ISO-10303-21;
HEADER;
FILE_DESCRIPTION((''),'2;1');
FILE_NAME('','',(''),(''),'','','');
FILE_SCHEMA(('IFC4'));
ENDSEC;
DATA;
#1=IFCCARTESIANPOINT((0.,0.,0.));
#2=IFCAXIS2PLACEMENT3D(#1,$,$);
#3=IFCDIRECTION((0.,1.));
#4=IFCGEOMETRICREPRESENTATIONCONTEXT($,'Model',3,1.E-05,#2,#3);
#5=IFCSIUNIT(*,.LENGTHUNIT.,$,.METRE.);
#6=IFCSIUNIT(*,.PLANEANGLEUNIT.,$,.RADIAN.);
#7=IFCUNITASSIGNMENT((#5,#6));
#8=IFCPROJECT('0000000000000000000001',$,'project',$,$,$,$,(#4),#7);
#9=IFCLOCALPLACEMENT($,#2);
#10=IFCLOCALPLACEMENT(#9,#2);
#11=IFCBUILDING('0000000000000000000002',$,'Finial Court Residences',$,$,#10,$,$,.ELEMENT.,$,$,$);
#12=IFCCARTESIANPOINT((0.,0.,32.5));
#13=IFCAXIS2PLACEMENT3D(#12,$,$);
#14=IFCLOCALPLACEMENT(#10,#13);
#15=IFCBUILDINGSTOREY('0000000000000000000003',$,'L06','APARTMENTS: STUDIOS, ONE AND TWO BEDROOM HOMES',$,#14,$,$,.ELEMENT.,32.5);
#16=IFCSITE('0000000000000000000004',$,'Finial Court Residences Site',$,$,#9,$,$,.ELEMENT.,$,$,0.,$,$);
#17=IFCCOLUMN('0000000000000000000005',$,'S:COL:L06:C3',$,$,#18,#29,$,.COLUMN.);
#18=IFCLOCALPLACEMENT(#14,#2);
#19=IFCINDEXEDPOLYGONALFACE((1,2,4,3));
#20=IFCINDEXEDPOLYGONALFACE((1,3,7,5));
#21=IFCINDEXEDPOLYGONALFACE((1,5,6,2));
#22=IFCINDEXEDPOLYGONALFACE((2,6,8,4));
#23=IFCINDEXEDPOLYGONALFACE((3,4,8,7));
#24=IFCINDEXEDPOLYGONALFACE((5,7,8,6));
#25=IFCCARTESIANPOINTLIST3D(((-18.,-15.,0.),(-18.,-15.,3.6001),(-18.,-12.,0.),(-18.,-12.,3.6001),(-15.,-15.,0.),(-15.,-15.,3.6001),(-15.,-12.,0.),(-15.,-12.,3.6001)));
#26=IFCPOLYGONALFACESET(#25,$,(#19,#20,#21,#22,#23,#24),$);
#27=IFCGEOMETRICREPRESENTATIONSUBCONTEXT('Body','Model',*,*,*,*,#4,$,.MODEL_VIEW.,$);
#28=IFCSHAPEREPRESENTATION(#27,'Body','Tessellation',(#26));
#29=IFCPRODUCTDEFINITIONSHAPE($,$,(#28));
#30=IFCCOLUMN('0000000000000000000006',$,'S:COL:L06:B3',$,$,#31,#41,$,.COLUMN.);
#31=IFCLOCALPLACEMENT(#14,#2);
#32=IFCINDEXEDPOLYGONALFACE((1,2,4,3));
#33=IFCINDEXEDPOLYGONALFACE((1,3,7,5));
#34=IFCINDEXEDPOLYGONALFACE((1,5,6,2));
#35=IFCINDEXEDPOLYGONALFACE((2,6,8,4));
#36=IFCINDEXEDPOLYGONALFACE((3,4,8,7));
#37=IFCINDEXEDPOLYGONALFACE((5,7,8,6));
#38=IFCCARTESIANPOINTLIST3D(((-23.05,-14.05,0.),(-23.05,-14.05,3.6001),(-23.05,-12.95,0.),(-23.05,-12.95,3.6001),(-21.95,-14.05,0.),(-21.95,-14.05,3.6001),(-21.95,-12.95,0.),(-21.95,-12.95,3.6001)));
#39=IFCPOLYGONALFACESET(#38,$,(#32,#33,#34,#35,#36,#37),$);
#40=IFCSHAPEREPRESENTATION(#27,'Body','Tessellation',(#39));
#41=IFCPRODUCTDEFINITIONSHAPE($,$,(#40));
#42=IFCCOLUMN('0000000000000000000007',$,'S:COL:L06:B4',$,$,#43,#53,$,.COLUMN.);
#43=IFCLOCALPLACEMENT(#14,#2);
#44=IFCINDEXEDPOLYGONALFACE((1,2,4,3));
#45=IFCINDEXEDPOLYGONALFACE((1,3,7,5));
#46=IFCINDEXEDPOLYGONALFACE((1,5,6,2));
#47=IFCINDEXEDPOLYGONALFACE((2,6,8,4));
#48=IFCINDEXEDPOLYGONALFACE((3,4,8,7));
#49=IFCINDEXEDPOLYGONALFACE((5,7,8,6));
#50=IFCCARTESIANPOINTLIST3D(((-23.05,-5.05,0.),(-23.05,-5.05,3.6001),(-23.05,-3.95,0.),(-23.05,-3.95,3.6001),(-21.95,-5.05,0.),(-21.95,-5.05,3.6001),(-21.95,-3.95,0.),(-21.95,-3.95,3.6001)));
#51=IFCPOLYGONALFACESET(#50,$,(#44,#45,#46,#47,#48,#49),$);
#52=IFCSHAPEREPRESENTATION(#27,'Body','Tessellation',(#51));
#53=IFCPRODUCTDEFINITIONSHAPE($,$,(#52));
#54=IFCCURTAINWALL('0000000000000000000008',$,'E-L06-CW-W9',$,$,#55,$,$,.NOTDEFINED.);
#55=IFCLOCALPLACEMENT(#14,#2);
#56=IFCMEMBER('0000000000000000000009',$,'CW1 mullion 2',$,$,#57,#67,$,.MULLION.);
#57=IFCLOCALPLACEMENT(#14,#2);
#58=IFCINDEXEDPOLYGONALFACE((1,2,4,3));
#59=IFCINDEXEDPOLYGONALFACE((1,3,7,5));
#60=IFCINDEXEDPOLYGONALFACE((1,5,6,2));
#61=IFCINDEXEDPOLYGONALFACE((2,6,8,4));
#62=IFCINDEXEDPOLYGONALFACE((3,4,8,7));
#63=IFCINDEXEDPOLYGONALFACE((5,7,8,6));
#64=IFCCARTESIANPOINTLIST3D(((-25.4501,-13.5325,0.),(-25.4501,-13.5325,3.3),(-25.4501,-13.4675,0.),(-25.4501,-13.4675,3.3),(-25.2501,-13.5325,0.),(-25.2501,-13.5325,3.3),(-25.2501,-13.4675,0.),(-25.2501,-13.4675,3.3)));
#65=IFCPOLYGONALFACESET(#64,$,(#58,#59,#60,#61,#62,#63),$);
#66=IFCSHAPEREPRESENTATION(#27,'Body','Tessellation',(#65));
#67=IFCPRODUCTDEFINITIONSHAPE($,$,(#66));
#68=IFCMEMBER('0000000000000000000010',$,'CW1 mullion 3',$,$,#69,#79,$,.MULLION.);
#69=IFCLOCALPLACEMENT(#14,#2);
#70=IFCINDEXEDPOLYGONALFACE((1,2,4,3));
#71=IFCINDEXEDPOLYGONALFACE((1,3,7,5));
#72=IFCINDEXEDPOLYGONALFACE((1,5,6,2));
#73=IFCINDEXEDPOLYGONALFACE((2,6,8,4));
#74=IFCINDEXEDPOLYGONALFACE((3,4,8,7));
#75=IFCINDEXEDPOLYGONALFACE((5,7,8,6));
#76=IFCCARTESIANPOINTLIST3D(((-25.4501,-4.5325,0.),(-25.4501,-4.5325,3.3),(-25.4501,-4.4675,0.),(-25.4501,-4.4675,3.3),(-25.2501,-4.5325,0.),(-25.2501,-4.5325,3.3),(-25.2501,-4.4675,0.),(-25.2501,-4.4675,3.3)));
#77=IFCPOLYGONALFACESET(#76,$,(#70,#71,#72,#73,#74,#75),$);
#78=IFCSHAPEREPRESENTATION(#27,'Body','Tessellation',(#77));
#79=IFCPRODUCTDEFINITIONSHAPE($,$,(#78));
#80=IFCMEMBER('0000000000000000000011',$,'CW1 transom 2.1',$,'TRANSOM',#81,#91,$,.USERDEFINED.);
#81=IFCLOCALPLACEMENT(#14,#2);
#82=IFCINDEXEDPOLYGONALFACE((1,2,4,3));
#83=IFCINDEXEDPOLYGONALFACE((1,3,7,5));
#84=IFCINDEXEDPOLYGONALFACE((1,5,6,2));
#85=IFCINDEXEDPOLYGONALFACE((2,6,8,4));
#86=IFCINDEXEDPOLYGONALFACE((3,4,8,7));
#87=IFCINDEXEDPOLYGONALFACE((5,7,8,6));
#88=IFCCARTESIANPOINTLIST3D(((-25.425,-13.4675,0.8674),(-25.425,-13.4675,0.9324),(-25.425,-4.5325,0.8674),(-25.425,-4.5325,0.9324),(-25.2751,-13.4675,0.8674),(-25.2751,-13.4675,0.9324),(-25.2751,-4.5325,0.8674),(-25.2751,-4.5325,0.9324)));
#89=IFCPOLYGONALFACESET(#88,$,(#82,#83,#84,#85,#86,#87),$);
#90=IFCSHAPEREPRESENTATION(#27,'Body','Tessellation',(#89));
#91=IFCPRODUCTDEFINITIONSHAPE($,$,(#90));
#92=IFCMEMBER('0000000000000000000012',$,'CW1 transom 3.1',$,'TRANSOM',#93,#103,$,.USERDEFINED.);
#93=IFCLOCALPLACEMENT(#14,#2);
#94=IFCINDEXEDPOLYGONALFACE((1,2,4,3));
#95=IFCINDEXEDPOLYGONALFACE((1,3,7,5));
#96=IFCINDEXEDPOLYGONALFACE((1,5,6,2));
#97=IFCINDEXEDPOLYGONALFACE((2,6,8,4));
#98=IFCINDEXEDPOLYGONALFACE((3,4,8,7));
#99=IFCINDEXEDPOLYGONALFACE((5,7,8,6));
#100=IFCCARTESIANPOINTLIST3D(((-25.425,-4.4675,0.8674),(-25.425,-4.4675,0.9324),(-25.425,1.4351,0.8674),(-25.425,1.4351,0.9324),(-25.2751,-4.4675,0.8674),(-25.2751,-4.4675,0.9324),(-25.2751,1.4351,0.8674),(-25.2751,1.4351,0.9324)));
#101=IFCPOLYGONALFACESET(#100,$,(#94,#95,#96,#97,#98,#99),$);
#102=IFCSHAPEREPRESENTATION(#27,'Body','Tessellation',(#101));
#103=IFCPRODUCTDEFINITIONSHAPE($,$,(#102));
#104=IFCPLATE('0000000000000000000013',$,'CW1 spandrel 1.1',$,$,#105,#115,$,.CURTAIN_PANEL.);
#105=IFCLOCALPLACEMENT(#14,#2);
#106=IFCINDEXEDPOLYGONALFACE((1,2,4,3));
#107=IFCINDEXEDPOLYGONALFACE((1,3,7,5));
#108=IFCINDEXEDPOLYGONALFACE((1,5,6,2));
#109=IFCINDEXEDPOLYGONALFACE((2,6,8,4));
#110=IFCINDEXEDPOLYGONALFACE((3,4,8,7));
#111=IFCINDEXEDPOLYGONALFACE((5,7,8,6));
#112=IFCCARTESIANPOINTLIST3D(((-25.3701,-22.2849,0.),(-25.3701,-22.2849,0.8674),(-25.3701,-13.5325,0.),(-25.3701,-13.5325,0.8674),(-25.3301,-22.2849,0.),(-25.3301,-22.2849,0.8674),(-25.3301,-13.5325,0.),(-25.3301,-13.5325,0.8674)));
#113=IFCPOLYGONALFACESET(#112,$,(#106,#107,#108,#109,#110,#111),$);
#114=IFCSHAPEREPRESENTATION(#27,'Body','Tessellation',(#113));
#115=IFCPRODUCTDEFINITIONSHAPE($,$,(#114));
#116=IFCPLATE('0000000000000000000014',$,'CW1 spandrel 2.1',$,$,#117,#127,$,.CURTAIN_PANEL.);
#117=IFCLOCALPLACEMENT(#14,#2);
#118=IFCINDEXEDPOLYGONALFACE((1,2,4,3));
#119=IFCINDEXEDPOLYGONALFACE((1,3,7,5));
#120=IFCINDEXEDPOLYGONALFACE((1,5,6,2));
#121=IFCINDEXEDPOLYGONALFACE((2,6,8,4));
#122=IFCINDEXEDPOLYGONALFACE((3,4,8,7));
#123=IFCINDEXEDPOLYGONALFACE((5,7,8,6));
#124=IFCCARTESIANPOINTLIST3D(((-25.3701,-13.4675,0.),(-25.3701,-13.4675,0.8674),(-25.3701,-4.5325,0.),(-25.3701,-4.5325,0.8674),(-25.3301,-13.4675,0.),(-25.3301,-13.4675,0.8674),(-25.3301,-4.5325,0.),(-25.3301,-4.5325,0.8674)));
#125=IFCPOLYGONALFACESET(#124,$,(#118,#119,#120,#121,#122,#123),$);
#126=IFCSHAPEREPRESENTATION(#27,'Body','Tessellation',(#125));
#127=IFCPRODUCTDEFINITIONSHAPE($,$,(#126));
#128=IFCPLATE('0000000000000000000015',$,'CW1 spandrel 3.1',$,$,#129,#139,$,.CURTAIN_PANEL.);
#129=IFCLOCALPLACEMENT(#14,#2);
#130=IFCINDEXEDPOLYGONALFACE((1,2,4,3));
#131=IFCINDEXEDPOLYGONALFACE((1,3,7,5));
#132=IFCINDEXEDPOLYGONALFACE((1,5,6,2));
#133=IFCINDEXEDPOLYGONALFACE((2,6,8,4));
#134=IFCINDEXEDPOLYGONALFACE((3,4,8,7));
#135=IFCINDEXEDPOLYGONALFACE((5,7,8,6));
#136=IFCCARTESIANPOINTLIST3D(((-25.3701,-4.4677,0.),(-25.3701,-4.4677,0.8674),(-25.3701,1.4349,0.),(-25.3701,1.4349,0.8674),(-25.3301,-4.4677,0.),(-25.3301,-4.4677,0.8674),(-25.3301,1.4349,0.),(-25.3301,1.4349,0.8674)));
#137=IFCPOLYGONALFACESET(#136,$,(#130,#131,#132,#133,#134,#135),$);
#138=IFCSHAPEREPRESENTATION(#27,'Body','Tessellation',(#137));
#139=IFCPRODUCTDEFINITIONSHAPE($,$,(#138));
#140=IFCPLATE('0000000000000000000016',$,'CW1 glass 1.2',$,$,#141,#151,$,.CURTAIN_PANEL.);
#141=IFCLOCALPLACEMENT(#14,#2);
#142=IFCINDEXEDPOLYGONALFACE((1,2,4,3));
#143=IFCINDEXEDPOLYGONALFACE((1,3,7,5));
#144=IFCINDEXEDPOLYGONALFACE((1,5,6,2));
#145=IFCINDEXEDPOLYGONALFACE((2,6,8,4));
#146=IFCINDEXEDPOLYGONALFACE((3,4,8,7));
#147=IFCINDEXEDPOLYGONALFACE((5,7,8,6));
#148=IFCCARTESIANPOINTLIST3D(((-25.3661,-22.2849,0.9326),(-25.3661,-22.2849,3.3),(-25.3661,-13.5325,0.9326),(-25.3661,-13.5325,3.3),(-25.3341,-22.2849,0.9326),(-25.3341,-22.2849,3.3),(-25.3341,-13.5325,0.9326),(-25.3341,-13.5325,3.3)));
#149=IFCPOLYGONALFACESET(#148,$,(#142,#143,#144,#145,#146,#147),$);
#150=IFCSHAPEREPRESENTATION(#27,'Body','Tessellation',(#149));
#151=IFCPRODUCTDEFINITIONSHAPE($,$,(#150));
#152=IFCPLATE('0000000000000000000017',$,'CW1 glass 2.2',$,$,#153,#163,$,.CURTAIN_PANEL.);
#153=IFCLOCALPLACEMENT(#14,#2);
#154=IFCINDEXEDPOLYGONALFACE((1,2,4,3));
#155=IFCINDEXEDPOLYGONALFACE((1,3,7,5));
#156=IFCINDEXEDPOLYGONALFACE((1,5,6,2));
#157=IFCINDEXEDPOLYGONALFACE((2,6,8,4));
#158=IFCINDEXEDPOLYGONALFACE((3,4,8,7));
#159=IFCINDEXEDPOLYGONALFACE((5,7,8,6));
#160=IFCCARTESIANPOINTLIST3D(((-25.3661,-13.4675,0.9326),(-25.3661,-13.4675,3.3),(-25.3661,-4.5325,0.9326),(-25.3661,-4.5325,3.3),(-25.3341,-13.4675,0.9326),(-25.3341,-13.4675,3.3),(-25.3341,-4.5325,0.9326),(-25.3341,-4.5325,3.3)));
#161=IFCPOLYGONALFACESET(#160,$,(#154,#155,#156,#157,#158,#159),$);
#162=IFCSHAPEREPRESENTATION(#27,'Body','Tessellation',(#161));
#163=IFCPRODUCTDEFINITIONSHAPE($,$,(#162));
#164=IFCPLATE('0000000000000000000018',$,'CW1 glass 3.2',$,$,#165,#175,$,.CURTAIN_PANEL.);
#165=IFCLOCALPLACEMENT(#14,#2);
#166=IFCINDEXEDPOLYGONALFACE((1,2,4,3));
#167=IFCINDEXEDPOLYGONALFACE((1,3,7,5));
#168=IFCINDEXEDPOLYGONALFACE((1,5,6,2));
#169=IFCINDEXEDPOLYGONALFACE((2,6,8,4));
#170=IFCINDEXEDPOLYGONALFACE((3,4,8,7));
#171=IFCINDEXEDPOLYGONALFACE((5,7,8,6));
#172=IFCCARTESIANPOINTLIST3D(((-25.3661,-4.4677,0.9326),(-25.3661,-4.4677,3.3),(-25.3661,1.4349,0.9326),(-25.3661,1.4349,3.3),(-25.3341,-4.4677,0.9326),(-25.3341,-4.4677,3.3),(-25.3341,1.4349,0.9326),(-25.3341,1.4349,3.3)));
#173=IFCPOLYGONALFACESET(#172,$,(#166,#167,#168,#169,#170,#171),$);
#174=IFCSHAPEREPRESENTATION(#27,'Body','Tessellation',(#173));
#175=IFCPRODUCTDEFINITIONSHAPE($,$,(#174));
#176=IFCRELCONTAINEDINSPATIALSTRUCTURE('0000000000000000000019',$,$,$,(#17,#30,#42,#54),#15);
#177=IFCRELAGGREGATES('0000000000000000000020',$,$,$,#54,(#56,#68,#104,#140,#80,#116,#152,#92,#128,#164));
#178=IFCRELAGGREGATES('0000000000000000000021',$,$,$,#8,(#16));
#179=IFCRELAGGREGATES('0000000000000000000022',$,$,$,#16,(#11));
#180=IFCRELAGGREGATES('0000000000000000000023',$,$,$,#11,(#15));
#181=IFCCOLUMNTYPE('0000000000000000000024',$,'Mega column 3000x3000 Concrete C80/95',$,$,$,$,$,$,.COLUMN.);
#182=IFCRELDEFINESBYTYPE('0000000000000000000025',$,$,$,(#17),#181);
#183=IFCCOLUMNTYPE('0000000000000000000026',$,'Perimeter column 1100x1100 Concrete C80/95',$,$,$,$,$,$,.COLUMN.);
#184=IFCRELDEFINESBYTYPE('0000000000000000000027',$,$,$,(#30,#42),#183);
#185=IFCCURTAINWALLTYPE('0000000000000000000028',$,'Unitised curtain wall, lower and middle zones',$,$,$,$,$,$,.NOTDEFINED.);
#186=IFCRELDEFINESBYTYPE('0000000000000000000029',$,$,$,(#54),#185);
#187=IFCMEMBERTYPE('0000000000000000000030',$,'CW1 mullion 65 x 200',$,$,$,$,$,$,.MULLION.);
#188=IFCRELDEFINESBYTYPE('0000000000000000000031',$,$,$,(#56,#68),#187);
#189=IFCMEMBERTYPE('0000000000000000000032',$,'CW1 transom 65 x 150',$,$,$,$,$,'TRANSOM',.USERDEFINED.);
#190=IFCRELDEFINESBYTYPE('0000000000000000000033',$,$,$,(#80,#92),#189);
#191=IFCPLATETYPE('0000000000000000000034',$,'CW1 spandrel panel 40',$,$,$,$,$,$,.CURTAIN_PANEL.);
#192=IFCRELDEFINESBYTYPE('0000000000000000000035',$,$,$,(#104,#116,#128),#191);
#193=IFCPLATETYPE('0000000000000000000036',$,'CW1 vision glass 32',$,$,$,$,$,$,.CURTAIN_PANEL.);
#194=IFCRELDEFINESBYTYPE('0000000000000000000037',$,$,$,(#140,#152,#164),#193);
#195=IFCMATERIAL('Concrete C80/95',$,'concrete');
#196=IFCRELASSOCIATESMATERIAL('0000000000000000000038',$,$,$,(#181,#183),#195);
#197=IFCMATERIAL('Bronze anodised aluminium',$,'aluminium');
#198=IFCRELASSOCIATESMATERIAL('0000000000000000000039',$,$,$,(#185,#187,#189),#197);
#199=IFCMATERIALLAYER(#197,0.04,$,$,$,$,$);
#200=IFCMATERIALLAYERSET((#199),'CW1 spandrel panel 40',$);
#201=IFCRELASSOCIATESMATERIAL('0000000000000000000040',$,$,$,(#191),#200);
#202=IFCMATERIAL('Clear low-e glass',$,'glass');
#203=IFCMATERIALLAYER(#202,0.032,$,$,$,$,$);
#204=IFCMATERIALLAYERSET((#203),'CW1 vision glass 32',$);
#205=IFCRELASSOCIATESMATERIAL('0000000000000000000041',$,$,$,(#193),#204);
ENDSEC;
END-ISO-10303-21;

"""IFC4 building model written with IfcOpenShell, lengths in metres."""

from ifc_helpers import new_model, si_unit, direction, frame, origin, origin_2d, place, context, subcontext, project, spatial, rectangle, extrude, material, layer, layer_set, material_profile, profile_set, type_object, element, aggregate, save


model = new_model("IFC4")

# Units and contexts
model_context = context("Model", 3, precision=1e-05, world=origin(), true_north=direction((0.0, 1.0)))
body_context = subcontext(model_context, "Body", "Model", "MODEL_VIEW")
ifc_project = project(units=[si_unit("LENGTHUNIT", "METRE"), si_unit("PLANEANGLEUNIT", "RADIAN")], contexts=[model_context])

# Site, building, storey
site_placement = place(None, origin())
site = spatial("IfcSite", under=ifc_project, at=site_placement, Name="Finial Court Residences Site", CompositionType="ELEMENT", RefElevation=0.0)
building_placement = place(site_placement, origin())
building = spatial("IfcBuilding", under=site, at=building_placement, Name="Finial Court Residences", CompositionType="ELEMENT")
storey_placement = place(building_placement, frame((0.0, 0.0, 32.5)))
storey = spatial("IfcBuildingStorey", under=building, at=storey_placement, Name="L06", Description="APARTMENTS: STUDIOS, ONE AND TWO BEDROOM HOMES", CompositionType="ELEMENT", Elevation=32.5)

# Columns
ifc_material_1 = material(Name="Concrete C80/95", Category="concrete")
ifc_material_profile_1 = material_profile(ifc_material_1, rectangle(XDim=3.0, YDim=3.0, at=origin_2d()), Name="3000x3000")
ifc_profile_set_1 = profile_set([ifc_material_profile_1], Name="Concrete C80/95")
column_type_1 = type_object("IfcColumnType", Name="Mega column 3000x3000 Concrete C80/95", PredefinedType="COLUMN", material=ifc_profile_set_1)
column_placement = place(storey_placement, frame((-16.5, -13.5, 0.0), z_axis=(0.0, 0.0, 1.0), x_axis=(1.0, 0.0, 0.0)))
element("IfcColumn", 1, at=column_placement, inside=storey, type_object=column_type_1, Name="S:COL:L06:C3", PredefinedType="COLUMN", context=body_context, shape_type="SweptSolid", body=[
    extrude(rectangle(XDim=3.0, YDim=3.0, at=origin_2d()), origin(), (0.0, 0.0, 1.0), 3.6001),
])
ifc_material_profile_2 = material_profile(ifc_material_1, rectangle(XDim=1.1001, YDim=1.1001, at=origin_2d()), Name="1100x1100")
ifc_profile_set_2 = profile_set([ifc_material_profile_2], Name="Concrete C80/95")
column_type_2 = type_object("IfcColumnType", Name="Perimeter column 1100x1100 Concrete C80/95", PredefinedType="COLUMN", material=ifc_profile_set_2)
for number, where, z_axis, x_axis, name in (
    (2, (-22.5, -13.5, 0.0), (0.0, 0.0, 1.0), (1.0, 0.0, 0.0), "S:COL:L06:B3"),
    (3, (-22.5, -4.5, 0.0), (0.0, 0.0, 1.0), (1.0, 0.0, 0.0), "S:COL:L06:B4"),
):
    element("IfcColumn", number, at=place(storey_placement, frame(where, z_axis=z_axis, x_axis=x_axis)), inside=storey, type_object=column_type_2, Name=name, PredefinedType="COLUMN", context=body_context, shape_type="SweptSolid", body=[
        extrude(rectangle(XDim=1.1001, YDim=1.1001, at=origin_2d()), origin(), (0.0, 0.0, 1.0), 3.6001),
    ])

# Curtain wall, members, plates
ifc_material_2 = material(Name="Bronze anodised aluminium", Category="aluminium")
curtain_wall_type = type_object("IfcCurtainWallType", Name="Unitised curtain wall, lower and middle zones", PredefinedType="NOTDEFINED", material=ifc_material_2)
curtain_wall_placement = place(storey_placement, origin())
curtain_wall = element("IfcCurtainWall", 4, at=curtain_wall_placement, inside=storey, type_object=curtain_wall_type, Name="E-L06-CW-W9", PredefinedType="NOTDEFINED")
ifc_material_profile_3 = material_profile(ifc_material_2, rectangle(XDim=0.2, YDim=0.0649, at=origin_2d()), Name="CW1 mullion 65 x 200")
ifc_profile_set_3 = profile_set([ifc_material_profile_3], Name="Bronze anodised aluminium")
member_type_1 = type_object("IfcMemberType", Name="CW1 mullion 65 x 200", PredefinedType="MULLION", material=ifc_profile_set_3)
member_1_placement = place(storey_placement, frame((-25.3501, -13.5, 0.0), z_axis=(0.0, 0.0, 1.0), x_axis=(-1.0, 0.0, 0.0)))
member_1 = element("IfcMember", 5, at=member_1_placement, type_object=member_type_1, Name="CW1 mullion 2", PredefinedType="MULLION", context=body_context, shape_type="SweptSolid", body=[
    extrude(rectangle(XDim=0.2, YDim=0.0649, at=origin_2d()), origin(), (0.0, 0.0, 1.0), 3.3),
])
member_2_placement = place(storey_placement, frame((-25.3501, -4.5, 0.0), z_axis=(0.0, 0.0, 1.0), x_axis=(-1.0, 0.0, 0.0)))
member_2 = element("IfcMember", 6, at=member_2_placement, type_object=member_type_1, Name="CW1 mullion 3", PredefinedType="MULLION", context=body_context, shape_type="SweptSolid", body=[
    extrude(rectangle(XDim=0.2, YDim=0.0649, at=origin_2d()), origin(), (0.0, 0.0, 1.0), 3.3),
])
ifc_material_profile_4 = material_profile(ifc_material_2, rectangle(XDim=0.1499, YDim=0.0649, at=origin_2d()), Name="CW1 transom 65 x 150")
ifc_profile_set_4 = profile_set([ifc_material_profile_4], Name="Bronze anodised aluminium")
member_type_2 = type_object("IfcMemberType", Name="CW1 transom 65 x 150", ElementType="TRANSOM", PredefinedType="USERDEFINED", material=ifc_profile_set_4)
member_3_placement = place(storey_placement, frame((-25.3501, -13.4675, 0.8999), z_axis=(0.0, 1.0, 0.0), x_axis=(-1.0, 0.0, 0.0)))
member_3 = element("IfcMember", 7, at=member_3_placement, type_object=member_type_2, Name="CW1 transom 2.1", ObjectType="TRANSOM", PredefinedType="USERDEFINED", context=body_context, shape_type="SweptSolid", body=[
    extrude(rectangle(XDim=0.1499, YDim=0.0649, at=origin_2d()), origin(), (0.0, 0.0, 1.0), 8.9351),
])
member_4_placement = place(storey_placement, frame((-25.3501, -4.4675, 0.8999), z_axis=(0.0, 1.0, 0.0), x_axis=(-1.0, 0.0, 0.0)))
member_4 = element("IfcMember", 8, at=member_4_placement, type_object=member_type_2, Name="CW1 transom 3.1", ObjectType="TRANSOM", PredefinedType="USERDEFINED", context=body_context, shape_type="SweptSolid", body=[
    extrude(rectangle(XDim=0.1499, YDim=0.0649, at=origin_2d()), origin(), (0.0, 0.0, 1.0), 5.9026),
])
ifc_layer_1 = layer(ifc_material_2, 0.04)
ifc_layer_set_1 = layer_set([ifc_layer_1], Name="CW1 spandrel panel 40")
plate_type_1 = type_object("IfcPlateType", Name="CW1 spandrel panel 40", PredefinedType="CURTAIN_PANEL", material=ifc_layer_set_1)
plate_1_placement = place(storey_placement, frame((-25.3501, -17.9087, 0.0), z_axis=(0.0, 0.0, 1.0), x_axis=(0.0, 1.0, 0.0)))
plate_1 = element("IfcPlate", 9, at=plate_1_placement, type_object=plate_type_1, Name="CW1 spandrel 1.1", PredefinedType="CURTAIN_PANEL", context=body_context, shape_type="SweptSolid", body=[
    extrude(rectangle(XDim=8.7524, YDim=0.04, at=origin_2d()), origin(), (0.0, 0.0, 1.0), 0.8674),
])
plate_2_placement = place(storey_placement, frame((-25.3501, -9.0, 0.0), z_axis=(0.0, 0.0, 1.0), x_axis=(0.0, 1.0, 0.0)))
plate_2 = element("IfcPlate", 10, at=plate_2_placement, type_object=plate_type_1, Name="CW1 spandrel 2.1", PredefinedType="CURTAIN_PANEL", context=body_context, shape_type="SweptSolid", body=[
    extrude(rectangle(XDim=8.9351, YDim=0.04, at=origin_2d()), origin(), (0.0, 0.0, 1.0), 0.8674),
])
plate_3_placement = place(storey_placement, frame((-25.3501, -1.5164, 0.0), z_axis=(0.0, 0.0, 1.0), x_axis=(0.0, 1.0, 0.0)))
plate_3 = element("IfcPlate", 11, at=plate_3_placement, type_object=plate_type_1, Name="CW1 spandrel 3.1", PredefinedType="CURTAIN_PANEL", context=body_context, shape_type="SweptSolid", body=[
    extrude(rectangle(XDim=5.9026, YDim=0.04, at=origin_2d()), origin(), (0.0, 0.0, 1.0), 0.8674),
])
ifc_material_3 = material(Name="Clear low-e glass", Category="glass")
ifc_layer_2 = layer(ifc_material_3, 0.032)
ifc_layer_set_2 = layer_set([ifc_layer_2], Name="CW1 vision glass 32")
plate_type_2 = type_object("IfcPlateType", Name="CW1 vision glass 32", PredefinedType="CURTAIN_PANEL", material=ifc_layer_set_2)
plate_4_placement = place(storey_placement, frame((-25.3501, -17.9087, 0.9326), z_axis=(0.0, 0.0, 1.0), x_axis=(0.0, 1.0, 0.0)))
plate_4 = element("IfcPlate", 12, at=plate_4_placement, type_object=plate_type_2, Name="CW1 glass 1.2", PredefinedType="CURTAIN_PANEL", context=body_context, shape_type="SweptSolid", body=[
    extrude(rectangle(XDim=8.7524, YDim=0.032, at=origin_2d()), origin(), (0.0, 0.0, 1.0), 2.3674),
])
plate_5_placement = place(storey_placement, frame((-25.3501, -9.0, 0.9326), z_axis=(0.0, 0.0, 1.0), x_axis=(0.0, 1.0, 0.0)))
plate_5 = element("IfcPlate", 13, at=plate_5_placement, type_object=plate_type_2, Name="CW1 glass 2.2", PredefinedType="CURTAIN_PANEL", context=body_context, shape_type="SweptSolid", body=[
    extrude(rectangle(XDim=8.9351, YDim=0.032, at=origin_2d()), origin(), (0.0, 0.0, 1.0), 2.3674),
])
plate_6_placement = place(storey_placement, frame((-25.3501, -1.5164, 0.9326), z_axis=(0.0, 0.0, 1.0), x_axis=(0.0, 1.0, 0.0)))
plate_6 = element("IfcPlate", 14, at=plate_6_placement, type_object=plate_type_2, Name="CW1 glass 3.2", PredefinedType="CURTAIN_PANEL", context=body_context, shape_type="SweptSolid", body=[
    extrude(rectangle(XDim=5.9026, YDim=0.032, at=origin_2d()), origin(), (0.0, 0.0, 1.0), 2.3674),
])
aggregate(curtain_wall, [member_1, member_2, plate_1, plate_4, member_3, plate_2, plate_5, member_4, plate_3, plate_6])

save(model, "model.ifc")
